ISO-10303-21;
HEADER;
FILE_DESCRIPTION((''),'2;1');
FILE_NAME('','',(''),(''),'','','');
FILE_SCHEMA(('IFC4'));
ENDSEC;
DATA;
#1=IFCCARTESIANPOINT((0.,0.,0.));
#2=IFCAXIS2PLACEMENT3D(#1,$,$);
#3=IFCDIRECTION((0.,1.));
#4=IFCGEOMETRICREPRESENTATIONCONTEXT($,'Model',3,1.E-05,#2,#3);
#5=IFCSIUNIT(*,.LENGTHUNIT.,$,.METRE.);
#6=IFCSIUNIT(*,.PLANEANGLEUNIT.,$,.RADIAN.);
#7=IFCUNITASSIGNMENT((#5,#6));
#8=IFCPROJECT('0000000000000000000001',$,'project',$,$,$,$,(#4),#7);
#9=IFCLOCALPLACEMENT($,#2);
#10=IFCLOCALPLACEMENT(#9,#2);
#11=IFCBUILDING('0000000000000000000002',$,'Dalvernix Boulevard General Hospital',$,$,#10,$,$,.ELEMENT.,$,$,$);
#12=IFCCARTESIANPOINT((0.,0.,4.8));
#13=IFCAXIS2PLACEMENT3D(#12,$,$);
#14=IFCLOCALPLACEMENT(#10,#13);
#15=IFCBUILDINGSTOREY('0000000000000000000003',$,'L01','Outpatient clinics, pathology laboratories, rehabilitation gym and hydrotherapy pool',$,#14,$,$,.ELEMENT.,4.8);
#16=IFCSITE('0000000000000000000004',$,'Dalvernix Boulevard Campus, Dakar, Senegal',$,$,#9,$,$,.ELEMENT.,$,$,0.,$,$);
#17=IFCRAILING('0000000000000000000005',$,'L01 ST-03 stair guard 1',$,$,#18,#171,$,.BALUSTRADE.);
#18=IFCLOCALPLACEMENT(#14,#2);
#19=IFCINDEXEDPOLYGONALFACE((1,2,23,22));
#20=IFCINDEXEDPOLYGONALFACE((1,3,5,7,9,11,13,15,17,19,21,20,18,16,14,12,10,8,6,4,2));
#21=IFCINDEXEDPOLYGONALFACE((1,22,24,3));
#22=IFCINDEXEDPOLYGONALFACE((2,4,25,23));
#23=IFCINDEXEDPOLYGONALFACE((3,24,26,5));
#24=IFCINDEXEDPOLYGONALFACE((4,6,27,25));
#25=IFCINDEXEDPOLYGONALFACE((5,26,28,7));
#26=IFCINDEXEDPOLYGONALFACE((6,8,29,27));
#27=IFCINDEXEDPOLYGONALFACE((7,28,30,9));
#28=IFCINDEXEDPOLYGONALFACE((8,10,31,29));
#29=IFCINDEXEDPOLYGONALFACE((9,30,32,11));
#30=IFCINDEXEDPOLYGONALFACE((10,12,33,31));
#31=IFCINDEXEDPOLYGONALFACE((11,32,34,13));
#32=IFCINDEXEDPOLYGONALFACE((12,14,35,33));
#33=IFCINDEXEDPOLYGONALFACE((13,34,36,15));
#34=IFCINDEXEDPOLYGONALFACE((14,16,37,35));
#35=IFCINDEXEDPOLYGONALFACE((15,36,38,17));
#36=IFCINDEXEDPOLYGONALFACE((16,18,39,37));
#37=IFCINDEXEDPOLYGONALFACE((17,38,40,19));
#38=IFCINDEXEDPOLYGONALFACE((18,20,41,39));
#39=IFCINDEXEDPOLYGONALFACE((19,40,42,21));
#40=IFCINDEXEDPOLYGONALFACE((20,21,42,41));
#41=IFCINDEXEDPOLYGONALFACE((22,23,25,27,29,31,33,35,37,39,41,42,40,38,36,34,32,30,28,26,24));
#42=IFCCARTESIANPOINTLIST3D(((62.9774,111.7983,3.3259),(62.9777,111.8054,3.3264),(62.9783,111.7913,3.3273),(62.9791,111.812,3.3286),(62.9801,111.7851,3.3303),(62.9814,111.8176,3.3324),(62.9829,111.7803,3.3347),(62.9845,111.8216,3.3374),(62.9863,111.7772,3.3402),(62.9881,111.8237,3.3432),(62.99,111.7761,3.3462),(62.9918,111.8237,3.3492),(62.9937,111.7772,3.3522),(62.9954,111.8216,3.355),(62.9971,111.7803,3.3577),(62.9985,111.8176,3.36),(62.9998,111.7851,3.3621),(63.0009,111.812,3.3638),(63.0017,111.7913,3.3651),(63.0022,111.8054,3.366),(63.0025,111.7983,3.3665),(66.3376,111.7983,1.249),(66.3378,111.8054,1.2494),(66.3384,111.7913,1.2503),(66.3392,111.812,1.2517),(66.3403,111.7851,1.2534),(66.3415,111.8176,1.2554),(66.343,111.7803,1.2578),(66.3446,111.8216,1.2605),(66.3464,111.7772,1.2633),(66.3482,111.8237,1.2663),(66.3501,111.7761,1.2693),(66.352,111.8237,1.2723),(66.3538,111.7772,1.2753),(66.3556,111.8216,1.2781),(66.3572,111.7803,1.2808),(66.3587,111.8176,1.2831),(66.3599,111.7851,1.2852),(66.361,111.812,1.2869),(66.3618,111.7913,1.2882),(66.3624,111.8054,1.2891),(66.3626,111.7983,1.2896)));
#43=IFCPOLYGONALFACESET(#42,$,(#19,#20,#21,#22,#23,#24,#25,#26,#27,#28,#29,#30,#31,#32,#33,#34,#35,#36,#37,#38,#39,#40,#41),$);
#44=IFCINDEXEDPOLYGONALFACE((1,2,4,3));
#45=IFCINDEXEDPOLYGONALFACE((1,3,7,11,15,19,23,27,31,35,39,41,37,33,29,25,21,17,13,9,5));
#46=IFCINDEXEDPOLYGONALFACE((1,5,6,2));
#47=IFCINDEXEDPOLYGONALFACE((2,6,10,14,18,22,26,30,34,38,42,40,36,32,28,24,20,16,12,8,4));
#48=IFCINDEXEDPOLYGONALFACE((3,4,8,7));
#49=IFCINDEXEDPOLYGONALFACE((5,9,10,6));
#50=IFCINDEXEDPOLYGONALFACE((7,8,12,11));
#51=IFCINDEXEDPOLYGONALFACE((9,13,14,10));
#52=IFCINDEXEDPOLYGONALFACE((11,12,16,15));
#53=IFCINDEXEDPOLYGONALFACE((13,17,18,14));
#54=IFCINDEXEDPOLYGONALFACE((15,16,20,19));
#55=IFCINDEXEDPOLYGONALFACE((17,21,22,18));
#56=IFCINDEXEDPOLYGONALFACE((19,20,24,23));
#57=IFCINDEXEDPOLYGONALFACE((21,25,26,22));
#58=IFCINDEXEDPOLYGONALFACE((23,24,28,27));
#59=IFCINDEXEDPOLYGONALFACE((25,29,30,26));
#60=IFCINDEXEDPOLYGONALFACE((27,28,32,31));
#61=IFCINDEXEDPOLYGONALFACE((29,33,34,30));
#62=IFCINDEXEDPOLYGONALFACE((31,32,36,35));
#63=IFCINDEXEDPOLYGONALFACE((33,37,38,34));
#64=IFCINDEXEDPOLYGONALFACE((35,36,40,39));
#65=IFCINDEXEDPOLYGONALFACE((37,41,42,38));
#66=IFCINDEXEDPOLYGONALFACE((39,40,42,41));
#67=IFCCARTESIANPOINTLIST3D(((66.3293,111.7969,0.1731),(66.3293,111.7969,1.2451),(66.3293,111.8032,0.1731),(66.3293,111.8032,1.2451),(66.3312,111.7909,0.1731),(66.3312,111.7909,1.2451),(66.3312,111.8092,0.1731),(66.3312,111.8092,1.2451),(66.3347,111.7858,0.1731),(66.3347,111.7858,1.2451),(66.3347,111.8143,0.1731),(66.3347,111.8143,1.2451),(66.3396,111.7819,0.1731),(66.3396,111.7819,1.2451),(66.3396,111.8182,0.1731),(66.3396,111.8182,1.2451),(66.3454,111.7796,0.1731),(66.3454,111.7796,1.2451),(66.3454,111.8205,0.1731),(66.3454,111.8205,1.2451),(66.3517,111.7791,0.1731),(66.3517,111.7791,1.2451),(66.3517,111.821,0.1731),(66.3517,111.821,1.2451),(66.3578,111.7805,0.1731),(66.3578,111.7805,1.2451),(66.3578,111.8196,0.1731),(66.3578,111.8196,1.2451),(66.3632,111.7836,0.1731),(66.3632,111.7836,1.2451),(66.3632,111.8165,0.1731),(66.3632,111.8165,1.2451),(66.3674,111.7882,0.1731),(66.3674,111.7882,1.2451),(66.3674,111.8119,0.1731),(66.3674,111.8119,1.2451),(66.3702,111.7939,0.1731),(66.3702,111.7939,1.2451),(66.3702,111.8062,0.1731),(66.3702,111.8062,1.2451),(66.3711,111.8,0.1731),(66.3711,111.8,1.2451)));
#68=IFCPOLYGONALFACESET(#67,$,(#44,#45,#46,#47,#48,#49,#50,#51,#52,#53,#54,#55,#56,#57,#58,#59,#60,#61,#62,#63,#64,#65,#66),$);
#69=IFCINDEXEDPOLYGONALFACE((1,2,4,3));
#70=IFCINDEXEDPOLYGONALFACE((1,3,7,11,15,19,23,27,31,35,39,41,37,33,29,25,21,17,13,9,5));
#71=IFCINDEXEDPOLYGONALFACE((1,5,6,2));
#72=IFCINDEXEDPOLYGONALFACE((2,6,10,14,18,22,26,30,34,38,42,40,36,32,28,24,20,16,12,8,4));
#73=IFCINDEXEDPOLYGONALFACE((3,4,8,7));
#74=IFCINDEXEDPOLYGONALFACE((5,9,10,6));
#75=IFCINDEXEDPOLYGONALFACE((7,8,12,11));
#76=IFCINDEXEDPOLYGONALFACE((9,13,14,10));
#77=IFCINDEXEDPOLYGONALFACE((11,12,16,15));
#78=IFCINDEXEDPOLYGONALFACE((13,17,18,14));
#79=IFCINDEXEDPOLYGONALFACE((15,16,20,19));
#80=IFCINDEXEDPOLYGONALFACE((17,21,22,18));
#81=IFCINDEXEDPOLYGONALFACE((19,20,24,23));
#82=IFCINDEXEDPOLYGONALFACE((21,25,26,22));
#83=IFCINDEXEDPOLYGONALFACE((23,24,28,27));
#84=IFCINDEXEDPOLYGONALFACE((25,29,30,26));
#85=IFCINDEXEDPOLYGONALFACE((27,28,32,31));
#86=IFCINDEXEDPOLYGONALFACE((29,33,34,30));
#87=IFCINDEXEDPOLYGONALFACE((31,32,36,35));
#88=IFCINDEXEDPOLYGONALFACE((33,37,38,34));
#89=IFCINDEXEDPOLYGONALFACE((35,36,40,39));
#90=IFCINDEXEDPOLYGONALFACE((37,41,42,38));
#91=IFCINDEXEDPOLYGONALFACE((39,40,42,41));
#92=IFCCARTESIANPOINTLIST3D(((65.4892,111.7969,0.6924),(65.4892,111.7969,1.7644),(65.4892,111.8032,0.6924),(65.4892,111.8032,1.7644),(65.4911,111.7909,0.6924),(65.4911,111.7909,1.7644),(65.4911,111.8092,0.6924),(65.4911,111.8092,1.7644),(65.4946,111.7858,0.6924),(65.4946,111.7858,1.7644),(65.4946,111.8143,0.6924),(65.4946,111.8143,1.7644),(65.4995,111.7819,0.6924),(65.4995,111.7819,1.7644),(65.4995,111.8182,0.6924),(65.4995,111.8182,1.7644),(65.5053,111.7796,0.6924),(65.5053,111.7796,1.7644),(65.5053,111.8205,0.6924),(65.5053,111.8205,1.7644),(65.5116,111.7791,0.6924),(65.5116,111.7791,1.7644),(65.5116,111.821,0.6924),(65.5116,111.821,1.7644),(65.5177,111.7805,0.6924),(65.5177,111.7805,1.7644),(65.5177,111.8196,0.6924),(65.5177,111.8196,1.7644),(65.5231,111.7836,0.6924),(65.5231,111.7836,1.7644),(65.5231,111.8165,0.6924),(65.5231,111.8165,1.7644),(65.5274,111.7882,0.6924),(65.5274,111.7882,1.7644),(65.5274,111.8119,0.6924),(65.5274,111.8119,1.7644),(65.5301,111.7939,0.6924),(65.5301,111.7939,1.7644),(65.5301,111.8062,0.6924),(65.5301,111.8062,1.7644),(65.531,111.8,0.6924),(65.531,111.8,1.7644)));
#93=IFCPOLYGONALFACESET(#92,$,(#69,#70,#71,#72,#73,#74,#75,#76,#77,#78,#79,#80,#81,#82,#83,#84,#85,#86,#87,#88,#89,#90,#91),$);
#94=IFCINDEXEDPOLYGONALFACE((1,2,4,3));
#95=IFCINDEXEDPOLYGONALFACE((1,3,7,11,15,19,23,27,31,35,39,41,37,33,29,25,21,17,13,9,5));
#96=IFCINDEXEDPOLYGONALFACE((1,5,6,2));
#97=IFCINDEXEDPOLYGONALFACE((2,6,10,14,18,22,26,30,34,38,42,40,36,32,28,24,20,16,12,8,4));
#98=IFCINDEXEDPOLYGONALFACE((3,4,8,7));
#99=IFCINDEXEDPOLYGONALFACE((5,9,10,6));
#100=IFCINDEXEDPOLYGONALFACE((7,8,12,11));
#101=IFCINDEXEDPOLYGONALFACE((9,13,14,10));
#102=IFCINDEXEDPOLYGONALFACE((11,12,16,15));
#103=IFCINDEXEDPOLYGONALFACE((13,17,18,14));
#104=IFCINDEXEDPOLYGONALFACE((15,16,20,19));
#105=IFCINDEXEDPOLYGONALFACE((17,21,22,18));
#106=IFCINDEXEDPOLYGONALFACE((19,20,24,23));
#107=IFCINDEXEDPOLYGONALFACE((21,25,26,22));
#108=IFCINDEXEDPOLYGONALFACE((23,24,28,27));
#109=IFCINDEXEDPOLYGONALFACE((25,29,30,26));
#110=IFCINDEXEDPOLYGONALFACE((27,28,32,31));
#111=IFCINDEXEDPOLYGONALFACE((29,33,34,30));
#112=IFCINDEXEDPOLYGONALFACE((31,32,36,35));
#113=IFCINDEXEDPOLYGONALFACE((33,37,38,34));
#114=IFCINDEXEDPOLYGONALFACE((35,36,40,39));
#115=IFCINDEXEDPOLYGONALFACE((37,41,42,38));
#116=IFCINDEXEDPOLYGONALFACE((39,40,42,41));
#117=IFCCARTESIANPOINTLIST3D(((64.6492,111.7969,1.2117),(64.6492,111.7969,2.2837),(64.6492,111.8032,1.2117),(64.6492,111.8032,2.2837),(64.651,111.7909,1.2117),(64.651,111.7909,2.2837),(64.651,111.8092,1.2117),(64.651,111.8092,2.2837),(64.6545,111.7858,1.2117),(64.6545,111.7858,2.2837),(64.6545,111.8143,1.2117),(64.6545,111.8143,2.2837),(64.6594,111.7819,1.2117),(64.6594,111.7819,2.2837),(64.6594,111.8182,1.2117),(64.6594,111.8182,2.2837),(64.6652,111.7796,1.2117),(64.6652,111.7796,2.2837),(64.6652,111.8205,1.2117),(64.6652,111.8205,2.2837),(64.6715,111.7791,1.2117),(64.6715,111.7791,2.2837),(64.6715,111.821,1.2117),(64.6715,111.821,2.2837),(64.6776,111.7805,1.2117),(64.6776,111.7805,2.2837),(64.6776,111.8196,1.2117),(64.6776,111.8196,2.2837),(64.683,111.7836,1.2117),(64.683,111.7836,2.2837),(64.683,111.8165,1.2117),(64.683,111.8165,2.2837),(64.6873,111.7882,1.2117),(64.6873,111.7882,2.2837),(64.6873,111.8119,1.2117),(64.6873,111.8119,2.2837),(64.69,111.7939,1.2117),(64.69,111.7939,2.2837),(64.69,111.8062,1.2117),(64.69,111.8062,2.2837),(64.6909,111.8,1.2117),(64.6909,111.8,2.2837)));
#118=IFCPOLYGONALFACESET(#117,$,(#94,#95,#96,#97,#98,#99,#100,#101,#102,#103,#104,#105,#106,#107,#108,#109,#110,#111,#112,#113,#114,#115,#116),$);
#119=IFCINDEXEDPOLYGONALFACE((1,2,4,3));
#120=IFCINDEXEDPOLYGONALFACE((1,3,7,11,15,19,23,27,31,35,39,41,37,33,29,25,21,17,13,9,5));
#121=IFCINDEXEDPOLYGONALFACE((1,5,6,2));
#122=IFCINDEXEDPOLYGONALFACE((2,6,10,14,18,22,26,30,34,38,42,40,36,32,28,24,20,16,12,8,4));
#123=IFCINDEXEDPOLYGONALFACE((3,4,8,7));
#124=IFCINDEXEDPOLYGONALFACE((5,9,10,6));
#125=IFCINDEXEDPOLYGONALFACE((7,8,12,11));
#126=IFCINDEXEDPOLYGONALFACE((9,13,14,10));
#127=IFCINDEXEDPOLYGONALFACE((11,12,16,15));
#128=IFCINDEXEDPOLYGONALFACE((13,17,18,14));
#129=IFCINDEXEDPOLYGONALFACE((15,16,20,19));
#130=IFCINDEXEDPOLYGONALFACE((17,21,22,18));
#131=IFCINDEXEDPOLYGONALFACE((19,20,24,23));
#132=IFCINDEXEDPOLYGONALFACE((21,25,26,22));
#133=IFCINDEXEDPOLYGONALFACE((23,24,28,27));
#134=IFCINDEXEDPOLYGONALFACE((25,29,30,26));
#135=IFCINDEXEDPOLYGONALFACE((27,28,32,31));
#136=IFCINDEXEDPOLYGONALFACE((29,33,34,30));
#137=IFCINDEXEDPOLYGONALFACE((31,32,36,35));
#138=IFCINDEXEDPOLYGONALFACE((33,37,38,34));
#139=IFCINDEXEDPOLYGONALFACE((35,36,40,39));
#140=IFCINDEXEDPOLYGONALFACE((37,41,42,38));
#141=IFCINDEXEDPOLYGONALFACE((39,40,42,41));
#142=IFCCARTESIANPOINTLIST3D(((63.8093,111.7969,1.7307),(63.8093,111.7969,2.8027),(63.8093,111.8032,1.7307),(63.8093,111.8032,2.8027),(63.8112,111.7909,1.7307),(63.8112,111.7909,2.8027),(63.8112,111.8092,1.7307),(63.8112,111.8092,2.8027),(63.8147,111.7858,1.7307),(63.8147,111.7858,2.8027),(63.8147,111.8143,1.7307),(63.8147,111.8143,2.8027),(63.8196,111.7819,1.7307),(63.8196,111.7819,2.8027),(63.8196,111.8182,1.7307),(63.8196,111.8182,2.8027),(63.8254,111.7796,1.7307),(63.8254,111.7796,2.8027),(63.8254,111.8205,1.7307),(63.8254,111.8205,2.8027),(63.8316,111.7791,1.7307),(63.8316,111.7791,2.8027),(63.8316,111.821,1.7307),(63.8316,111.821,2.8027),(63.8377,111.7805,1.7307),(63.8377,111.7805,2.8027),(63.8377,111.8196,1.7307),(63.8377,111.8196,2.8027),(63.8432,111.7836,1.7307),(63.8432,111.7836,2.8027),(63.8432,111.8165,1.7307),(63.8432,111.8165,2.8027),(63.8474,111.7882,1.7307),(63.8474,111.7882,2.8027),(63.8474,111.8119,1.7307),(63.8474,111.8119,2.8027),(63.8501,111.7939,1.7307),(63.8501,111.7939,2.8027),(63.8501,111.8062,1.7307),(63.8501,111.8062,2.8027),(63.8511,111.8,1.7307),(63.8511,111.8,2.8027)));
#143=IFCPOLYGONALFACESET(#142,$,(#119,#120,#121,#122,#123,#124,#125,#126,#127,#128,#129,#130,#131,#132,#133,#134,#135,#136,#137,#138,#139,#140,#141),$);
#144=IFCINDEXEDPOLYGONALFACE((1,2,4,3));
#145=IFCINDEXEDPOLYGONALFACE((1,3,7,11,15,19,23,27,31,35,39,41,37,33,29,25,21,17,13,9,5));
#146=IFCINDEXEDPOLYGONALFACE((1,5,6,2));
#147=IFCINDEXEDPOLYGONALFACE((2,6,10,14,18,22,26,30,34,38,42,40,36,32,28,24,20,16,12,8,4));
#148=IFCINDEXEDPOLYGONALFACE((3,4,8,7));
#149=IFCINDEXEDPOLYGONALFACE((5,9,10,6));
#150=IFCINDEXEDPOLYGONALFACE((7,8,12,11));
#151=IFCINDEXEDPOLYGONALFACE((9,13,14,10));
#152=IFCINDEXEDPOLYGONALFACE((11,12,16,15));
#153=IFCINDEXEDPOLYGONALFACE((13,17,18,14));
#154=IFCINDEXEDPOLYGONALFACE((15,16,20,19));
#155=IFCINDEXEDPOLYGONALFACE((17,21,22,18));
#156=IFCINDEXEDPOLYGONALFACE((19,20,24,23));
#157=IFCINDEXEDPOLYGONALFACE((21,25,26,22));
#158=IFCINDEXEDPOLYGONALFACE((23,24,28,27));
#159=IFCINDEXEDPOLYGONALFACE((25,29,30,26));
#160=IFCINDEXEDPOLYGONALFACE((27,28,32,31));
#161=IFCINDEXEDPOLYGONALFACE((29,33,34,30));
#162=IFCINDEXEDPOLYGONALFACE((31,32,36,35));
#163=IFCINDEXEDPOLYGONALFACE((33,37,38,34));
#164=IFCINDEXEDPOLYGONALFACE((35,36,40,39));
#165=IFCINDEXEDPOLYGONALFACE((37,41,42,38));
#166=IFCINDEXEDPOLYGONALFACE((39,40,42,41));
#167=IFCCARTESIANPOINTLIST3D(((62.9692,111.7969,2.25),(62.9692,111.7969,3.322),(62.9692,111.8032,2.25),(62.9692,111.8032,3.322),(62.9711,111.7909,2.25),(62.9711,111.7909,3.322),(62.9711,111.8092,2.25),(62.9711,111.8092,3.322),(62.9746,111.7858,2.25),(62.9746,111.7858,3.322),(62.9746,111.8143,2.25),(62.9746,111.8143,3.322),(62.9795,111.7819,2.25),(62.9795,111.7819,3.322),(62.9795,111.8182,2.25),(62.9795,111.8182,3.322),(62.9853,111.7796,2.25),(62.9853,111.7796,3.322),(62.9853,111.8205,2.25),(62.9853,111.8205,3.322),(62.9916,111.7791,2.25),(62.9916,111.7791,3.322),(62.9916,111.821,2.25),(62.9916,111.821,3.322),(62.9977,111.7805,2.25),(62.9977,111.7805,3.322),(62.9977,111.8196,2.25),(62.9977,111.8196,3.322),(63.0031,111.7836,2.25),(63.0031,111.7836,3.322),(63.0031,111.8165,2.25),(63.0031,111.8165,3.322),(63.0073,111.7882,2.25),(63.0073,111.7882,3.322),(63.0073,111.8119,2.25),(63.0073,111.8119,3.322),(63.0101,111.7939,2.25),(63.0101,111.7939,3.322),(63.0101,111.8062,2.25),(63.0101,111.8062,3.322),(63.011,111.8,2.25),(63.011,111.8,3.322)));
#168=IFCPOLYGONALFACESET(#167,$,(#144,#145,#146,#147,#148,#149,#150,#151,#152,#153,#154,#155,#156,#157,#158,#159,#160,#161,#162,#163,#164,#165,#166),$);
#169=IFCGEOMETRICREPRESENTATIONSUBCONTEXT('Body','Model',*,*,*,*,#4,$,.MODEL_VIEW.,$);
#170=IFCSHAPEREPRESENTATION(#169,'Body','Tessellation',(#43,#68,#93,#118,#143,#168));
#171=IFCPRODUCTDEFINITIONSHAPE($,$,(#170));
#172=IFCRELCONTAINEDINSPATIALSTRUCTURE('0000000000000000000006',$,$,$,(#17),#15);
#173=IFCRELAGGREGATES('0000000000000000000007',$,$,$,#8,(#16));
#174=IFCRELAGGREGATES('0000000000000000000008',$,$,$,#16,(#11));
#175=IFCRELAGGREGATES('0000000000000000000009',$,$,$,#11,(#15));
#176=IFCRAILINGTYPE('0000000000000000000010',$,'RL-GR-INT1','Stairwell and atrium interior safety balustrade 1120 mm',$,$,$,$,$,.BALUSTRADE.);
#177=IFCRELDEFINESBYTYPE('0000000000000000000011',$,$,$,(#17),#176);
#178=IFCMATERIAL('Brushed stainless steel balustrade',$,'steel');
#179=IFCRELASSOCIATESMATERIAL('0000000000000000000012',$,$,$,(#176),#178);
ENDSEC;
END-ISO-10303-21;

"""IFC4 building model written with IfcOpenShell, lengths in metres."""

from ifc_helpers import new_model, si_unit, direction, frame, origin, origin_2d, place, context, subcontext, project, spatial, circle, extrude, material, type_object, element, save


model = new_model("IFC4")

# Units and contexts
model_context = context("Model", 3, precision=1e-05, world=origin(), true_north=direction((0.0, 1.0)))
body_context = subcontext(model_context, "Body", "Model", "MODEL_VIEW")
ifc_project = project(units=[si_unit("LENGTHUNIT", "METRE"), si_unit("PLANEANGLEUNIT", "RADIAN")], contexts=[model_context])

# Site, building, storey
site_placement = place(None, origin())
site = spatial("IfcSite", under=ifc_project, at=site_placement, Name="Dalvernix Boulevard Campus, Dakar, Senegal", CompositionType="ELEMENT", RefElevation=0.0)
building_placement = place(site_placement, origin())
building = spatial("IfcBuilding", under=site, at=building_placement, Name="Dalvernix Boulevard General Hospital", CompositionType="ELEMENT")
storey_placement = place(building_placement, frame((0.0, 0.0, 4.8)))
storey = spatial("IfcBuildingStorey", under=building, at=storey_placement, Name="L01", Description="Outpatient clinics, pathology laboratories, rehabilitation gym and hydrotherapy pool", CompositionType="ELEMENT", Elevation=4.8)

# Railing
ifc_material_1 = material(Name="Brushed stainless steel balustrade", Category="steel")
railing_type_1 = type_object("IfcRailingType", Name="RL-GR-INT1", Description="Stairwell and atrium interior safety balustrade 1120 mm", PredefinedType="BALUSTRADE", material=ifc_material_1)
railing_1_placement = place(storey_placement, frame((66.3501, 111.8, 0.1731)))
element("IfcRailing", 1, at=railing_1_placement, inside=storey, type_object=railing_type_1, Name="L01 ST-03 stair guard 1", PredefinedType="BALUSTRADE", context=body_context, shape_type="SweptSolid", body=[
    extrude(circle(Radius=0.0239, at=origin_2d()), frame((0.0, 0.0, 1.0962), z_axis=(-0.850623, 0.0, 0.525776), x_axis=(0.0, -1.0, 0.0)), (0.0, 0.0, 1.0), 3.9502),
    extrude(circle(Radius=0.021, at=origin_2d()), origin(), (0.0, 0.0, 1.0), 1.072),
    extrude(circle(Radius=0.021, at=origin_2d()), frame((-0.8401, 0.0, 0.5193)), (0.0, 0.0, 1.0), 1.072),
    extrude(circle(Radius=0.021, at=origin_2d()), frame((-1.6802, 0.0, 1.0386)), (0.0, 0.0, 1.0), 1.072),
    extrude(circle(Radius=0.021, at=origin_2d()), frame((-2.52, 0.0, 1.5576)), (0.0, 0.0, 1.0), 1.072),
    extrude(circle(Radius=0.021, at=origin_2d()), frame((-3.3601, 0.0, 2.0769)), (0.0, 0.0, 1.0), 1.072),
])

save(model, "model.ifc")
